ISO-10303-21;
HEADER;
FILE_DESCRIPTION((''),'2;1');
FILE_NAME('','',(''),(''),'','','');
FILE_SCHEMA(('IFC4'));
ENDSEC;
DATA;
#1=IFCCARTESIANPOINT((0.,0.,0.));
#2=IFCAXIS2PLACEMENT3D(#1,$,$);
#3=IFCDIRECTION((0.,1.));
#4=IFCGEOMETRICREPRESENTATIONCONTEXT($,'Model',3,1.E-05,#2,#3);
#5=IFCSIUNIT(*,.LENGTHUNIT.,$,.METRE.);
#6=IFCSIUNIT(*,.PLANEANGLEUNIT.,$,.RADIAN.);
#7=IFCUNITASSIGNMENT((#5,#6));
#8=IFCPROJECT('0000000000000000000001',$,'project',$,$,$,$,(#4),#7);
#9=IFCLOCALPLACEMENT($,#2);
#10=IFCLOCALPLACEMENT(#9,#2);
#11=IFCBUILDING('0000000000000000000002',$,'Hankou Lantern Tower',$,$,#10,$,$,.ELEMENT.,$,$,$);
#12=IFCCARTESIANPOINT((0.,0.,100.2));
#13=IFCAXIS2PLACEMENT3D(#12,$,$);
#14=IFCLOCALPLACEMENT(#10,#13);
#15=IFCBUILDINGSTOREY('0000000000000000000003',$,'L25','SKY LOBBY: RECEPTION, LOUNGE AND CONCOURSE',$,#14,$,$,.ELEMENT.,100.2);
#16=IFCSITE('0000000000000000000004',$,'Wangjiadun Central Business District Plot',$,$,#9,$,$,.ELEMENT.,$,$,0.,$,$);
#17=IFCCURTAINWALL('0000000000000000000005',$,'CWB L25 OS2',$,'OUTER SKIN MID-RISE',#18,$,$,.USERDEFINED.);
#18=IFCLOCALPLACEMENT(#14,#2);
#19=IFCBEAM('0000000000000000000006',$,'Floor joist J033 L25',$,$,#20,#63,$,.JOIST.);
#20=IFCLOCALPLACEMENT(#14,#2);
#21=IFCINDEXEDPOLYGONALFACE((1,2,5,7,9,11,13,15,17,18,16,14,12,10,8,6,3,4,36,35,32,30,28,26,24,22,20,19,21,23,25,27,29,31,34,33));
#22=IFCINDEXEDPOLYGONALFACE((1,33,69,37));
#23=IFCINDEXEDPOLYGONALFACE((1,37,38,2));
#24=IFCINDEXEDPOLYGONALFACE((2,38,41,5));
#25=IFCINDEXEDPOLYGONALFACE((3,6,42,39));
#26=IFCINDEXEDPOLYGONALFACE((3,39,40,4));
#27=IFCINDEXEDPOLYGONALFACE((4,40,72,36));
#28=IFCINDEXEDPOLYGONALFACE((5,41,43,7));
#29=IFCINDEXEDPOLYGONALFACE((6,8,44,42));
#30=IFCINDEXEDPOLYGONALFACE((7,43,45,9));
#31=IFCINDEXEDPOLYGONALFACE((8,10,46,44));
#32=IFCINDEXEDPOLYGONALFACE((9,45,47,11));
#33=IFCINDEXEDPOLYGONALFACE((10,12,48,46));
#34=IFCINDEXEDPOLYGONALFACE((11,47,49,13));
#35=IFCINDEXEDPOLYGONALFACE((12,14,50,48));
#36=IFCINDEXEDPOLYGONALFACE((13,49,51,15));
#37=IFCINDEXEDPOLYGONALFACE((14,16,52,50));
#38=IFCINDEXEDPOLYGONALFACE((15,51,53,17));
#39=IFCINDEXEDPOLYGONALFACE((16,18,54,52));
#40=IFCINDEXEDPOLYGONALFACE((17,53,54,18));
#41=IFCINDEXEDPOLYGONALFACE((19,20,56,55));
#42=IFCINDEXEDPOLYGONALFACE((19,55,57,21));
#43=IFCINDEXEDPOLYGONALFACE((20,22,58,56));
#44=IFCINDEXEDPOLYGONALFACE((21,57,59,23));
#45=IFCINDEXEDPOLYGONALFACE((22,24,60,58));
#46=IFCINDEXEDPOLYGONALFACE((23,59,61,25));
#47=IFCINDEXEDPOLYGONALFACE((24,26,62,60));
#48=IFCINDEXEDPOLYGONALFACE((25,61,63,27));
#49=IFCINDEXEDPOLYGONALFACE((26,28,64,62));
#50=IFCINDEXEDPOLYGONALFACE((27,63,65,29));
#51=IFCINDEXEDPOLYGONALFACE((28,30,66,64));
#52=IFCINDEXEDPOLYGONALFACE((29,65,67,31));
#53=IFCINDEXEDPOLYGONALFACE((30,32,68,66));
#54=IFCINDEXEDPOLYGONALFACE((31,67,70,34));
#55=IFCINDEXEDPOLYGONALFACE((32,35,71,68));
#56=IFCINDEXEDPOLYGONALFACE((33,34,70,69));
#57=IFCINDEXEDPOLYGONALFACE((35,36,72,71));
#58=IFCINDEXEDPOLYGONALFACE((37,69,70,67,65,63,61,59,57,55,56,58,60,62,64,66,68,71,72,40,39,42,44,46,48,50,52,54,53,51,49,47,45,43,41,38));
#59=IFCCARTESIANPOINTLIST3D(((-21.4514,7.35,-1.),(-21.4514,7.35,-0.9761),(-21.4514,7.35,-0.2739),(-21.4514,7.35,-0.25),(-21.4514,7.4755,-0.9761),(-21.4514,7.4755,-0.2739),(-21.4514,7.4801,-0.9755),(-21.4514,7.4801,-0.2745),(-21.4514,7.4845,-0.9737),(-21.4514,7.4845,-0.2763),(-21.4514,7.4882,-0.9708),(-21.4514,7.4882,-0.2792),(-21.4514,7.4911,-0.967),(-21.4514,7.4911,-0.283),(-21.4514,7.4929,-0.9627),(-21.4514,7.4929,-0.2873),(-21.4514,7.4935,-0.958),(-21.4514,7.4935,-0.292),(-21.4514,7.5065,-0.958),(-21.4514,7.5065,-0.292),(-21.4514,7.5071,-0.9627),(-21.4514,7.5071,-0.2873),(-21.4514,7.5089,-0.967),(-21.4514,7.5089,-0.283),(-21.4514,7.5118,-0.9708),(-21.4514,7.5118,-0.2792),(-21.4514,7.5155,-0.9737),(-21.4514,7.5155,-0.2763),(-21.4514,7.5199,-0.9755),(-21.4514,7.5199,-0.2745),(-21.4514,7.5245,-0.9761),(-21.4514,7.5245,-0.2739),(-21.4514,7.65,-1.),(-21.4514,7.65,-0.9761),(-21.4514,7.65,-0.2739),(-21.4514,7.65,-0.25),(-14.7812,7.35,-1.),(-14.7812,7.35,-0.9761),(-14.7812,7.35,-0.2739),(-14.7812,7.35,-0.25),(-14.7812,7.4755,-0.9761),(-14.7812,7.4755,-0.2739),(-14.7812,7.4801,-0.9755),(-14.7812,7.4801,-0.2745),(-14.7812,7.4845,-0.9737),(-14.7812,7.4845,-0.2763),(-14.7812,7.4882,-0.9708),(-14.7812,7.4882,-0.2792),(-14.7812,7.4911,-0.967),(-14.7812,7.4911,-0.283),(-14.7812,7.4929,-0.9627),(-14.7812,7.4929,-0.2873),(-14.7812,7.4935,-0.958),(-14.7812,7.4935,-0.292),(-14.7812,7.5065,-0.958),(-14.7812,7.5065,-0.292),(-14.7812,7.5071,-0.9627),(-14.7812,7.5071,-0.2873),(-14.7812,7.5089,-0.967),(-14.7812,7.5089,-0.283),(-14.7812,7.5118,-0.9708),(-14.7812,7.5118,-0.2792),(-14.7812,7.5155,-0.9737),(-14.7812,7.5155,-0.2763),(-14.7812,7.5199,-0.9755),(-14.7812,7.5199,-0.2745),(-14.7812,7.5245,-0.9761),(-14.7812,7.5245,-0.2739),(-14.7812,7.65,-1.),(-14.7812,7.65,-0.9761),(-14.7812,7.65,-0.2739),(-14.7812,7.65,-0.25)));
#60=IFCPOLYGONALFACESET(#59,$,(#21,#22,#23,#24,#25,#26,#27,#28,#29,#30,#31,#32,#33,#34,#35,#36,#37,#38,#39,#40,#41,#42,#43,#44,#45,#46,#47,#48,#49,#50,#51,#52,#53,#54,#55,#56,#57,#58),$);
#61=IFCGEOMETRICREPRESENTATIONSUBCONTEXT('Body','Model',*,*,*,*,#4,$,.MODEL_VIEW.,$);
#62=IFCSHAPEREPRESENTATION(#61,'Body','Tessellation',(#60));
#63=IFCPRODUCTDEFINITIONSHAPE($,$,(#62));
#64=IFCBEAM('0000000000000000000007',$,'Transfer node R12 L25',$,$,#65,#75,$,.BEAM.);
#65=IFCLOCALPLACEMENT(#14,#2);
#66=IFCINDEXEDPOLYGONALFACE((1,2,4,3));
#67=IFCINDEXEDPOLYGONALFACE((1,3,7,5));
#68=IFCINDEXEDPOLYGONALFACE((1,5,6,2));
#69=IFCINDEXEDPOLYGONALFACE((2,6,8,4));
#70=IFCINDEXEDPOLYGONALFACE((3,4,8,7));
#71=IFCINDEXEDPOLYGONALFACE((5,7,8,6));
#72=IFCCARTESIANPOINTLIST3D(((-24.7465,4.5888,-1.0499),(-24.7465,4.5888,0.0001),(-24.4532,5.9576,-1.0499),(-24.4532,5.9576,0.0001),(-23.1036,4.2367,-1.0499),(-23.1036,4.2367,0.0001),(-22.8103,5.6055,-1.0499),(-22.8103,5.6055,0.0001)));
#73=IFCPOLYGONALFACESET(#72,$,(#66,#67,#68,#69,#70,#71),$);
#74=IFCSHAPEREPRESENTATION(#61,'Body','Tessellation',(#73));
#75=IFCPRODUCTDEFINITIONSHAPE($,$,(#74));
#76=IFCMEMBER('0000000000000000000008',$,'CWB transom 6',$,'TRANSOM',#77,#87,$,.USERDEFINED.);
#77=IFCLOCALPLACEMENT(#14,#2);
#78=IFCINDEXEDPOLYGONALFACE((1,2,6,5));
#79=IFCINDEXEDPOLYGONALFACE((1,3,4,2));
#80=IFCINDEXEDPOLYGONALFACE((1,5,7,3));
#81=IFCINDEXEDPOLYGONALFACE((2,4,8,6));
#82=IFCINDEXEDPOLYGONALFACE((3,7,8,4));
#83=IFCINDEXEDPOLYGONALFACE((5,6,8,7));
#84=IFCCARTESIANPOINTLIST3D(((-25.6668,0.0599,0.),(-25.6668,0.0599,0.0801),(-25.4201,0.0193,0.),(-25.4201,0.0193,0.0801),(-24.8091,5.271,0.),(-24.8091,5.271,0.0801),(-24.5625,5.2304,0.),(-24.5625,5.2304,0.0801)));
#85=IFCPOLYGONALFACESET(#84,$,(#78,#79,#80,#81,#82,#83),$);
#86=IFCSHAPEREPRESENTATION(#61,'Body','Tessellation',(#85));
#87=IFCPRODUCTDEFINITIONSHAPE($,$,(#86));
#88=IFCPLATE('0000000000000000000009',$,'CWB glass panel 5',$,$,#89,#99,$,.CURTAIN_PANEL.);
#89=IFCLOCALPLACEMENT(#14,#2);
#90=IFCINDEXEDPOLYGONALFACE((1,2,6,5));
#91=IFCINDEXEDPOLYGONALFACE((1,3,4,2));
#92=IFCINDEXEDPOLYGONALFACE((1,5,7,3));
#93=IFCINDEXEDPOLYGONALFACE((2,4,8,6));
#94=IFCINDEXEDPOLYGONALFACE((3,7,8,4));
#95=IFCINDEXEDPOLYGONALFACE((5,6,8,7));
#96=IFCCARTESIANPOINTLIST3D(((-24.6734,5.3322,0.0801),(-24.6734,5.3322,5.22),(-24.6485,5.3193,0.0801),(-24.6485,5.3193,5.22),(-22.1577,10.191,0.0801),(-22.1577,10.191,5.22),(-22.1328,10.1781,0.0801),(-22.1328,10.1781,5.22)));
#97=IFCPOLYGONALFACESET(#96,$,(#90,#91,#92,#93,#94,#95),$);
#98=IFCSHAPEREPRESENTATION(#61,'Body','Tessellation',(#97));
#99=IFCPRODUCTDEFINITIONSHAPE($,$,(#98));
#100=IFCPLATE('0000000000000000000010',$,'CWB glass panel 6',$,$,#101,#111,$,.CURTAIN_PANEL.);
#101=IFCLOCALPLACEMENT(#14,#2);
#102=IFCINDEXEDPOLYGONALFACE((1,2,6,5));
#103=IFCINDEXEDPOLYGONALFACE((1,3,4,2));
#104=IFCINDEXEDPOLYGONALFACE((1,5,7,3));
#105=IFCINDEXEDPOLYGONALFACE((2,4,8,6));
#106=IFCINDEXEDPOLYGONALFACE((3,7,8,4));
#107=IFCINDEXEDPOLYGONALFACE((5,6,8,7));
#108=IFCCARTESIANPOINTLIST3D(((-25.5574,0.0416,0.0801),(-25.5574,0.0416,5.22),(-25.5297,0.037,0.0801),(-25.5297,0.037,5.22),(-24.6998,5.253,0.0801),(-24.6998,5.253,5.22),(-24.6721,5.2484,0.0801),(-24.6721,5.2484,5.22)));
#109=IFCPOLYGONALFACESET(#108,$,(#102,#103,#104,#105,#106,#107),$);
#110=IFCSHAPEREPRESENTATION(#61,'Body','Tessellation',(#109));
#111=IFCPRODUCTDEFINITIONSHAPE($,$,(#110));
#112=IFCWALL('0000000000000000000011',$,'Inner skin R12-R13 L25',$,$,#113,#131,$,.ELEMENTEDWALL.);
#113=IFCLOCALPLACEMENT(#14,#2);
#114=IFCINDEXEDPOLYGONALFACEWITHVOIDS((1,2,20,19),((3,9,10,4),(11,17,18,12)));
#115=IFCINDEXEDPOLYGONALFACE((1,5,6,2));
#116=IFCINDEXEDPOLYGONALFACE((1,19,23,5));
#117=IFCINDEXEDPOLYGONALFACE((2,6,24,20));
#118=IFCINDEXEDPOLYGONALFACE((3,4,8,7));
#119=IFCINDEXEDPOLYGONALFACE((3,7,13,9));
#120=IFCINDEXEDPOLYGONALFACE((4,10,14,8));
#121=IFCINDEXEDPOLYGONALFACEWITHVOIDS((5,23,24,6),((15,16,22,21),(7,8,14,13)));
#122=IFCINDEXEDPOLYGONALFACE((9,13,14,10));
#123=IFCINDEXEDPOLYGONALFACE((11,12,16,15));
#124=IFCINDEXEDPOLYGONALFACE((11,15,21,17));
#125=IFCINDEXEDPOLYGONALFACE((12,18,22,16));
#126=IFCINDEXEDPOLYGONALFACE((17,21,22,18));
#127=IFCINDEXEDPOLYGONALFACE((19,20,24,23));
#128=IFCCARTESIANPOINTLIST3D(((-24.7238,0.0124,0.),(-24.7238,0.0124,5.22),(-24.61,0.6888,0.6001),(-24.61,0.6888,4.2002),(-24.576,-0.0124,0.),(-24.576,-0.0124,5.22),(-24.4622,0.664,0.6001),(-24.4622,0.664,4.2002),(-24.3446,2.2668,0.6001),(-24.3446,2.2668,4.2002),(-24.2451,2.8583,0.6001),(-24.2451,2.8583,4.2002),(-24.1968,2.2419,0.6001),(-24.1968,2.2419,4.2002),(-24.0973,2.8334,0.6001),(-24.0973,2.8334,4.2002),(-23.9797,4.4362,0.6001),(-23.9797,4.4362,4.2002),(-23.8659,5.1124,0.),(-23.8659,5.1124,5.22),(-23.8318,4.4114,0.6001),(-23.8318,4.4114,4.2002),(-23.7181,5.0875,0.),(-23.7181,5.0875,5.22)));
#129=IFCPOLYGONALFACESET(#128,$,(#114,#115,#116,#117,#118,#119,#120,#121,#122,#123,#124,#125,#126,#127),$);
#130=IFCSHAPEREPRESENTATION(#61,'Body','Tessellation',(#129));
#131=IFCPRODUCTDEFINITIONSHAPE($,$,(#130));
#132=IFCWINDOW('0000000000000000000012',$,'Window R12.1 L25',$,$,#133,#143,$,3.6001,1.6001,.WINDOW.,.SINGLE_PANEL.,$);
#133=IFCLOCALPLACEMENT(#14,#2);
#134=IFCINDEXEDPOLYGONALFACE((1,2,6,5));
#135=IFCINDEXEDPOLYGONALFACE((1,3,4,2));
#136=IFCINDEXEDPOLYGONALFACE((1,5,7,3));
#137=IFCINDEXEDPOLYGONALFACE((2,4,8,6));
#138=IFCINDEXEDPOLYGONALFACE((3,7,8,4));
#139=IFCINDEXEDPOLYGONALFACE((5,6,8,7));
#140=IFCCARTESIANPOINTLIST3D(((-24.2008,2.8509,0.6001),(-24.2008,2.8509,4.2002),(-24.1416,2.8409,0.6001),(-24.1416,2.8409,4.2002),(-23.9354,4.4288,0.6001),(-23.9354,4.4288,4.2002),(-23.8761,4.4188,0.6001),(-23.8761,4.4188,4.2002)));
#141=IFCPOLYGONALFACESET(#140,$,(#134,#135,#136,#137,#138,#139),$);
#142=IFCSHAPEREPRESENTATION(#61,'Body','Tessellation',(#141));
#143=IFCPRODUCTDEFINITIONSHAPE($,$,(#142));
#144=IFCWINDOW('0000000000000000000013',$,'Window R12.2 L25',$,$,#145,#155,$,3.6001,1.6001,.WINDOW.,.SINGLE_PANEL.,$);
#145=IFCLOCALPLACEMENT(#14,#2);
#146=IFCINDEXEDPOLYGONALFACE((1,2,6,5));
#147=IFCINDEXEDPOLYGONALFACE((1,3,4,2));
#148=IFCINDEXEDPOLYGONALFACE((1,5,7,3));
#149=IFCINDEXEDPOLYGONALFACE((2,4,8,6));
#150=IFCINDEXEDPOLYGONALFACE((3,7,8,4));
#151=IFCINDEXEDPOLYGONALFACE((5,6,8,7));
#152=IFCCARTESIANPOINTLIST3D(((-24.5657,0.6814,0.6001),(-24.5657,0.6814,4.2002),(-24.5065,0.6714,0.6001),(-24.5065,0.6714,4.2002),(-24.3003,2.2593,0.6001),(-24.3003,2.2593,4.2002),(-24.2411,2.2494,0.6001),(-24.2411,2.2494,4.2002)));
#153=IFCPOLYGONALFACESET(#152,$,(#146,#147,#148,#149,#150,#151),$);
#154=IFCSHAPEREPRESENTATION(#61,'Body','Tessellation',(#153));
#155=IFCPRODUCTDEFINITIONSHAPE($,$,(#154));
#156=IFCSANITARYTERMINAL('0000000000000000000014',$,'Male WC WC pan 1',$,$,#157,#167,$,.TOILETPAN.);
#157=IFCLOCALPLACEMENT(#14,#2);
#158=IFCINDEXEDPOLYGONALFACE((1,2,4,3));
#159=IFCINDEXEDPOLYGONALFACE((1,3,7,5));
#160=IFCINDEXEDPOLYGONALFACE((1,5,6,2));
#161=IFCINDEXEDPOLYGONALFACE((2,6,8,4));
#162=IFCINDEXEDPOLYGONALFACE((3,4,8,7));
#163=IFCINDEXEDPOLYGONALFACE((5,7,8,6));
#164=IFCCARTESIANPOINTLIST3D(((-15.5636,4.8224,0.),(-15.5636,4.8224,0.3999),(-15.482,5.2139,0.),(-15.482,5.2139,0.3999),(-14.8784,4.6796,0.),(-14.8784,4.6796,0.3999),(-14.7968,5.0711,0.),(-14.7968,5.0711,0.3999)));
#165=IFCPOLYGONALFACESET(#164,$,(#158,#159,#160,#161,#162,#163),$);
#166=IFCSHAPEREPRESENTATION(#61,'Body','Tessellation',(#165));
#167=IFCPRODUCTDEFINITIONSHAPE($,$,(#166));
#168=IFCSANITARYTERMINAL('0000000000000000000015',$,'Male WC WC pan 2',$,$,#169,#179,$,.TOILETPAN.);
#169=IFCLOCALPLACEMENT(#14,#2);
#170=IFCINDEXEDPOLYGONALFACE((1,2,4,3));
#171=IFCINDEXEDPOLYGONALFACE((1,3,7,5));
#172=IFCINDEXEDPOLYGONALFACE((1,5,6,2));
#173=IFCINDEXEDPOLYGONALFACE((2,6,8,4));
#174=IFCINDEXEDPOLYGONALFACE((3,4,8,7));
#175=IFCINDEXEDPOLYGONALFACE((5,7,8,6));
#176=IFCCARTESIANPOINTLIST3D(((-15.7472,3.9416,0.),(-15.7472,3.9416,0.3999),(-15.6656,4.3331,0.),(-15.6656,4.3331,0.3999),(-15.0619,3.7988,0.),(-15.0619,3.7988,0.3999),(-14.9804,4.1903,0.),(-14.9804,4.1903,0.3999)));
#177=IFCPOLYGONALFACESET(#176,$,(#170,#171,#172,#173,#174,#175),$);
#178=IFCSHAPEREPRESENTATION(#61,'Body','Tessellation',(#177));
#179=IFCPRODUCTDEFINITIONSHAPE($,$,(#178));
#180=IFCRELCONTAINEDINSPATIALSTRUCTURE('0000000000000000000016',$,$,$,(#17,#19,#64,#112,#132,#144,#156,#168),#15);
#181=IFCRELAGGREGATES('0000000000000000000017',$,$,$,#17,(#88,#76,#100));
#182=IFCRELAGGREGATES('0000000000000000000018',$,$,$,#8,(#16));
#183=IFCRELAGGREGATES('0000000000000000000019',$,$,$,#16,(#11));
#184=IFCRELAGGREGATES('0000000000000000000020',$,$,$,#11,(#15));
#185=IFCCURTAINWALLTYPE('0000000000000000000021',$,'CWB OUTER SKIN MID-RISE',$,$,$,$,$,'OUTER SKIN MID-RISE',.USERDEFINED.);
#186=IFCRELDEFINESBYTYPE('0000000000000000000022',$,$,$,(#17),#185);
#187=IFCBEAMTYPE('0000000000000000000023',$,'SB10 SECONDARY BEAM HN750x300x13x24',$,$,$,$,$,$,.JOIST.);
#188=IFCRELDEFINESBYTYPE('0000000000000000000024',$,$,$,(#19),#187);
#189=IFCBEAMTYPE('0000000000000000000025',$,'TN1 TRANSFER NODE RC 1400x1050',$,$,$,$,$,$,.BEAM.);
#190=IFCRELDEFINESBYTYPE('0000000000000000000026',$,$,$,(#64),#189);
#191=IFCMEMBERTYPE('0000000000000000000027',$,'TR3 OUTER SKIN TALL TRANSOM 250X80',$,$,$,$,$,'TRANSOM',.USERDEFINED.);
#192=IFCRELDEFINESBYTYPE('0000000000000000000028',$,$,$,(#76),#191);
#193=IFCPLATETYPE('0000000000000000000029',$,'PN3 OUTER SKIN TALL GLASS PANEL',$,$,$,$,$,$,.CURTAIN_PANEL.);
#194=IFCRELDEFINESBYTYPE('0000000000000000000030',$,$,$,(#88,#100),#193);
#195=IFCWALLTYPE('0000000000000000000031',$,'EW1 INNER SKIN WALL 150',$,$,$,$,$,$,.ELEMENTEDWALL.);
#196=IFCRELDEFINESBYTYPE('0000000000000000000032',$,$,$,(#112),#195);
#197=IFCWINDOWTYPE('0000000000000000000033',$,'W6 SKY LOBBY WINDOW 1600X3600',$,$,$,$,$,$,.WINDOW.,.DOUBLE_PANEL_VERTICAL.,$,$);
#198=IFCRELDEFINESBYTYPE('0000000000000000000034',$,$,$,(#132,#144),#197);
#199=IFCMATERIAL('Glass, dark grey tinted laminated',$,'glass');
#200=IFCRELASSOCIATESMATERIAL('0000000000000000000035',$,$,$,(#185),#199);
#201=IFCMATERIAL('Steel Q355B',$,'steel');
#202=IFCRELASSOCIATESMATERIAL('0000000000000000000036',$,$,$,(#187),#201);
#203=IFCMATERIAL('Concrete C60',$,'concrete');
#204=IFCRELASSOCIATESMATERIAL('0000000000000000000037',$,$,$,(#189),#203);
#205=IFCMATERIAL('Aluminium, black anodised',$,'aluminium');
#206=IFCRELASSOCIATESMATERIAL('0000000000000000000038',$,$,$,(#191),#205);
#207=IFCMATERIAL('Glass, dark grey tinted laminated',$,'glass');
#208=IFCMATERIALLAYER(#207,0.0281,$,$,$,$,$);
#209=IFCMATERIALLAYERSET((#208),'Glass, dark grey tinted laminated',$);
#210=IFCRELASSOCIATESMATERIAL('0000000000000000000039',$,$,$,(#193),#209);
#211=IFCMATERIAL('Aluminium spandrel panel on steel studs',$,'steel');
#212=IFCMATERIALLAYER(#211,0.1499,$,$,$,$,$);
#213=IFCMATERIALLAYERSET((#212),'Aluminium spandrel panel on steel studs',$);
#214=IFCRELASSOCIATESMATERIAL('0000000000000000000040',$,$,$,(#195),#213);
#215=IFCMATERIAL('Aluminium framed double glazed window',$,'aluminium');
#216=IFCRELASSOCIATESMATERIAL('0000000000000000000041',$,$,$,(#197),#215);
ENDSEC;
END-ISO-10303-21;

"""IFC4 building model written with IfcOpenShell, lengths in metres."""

from ifc_helpers import new_model, si_unit, direction, frame, frame_2d, origin, origin_2d, place, context, subcontext, project, spatial, rectangle, i_section, extrude, material, layer, layer_set, material_profile, profile_set, type_object, element, fill, aggregate, save


model = new_model("IFC4")

# Units and contexts
model_context = context("Model", 3, precision=1e-05, world=origin(), true_north=direction((0.0, 1.0)))
body_context = subcontext(model_context, "Body", "Model", "MODEL_VIEW")
ifc_project = project(units=[si_unit("LENGTHUNIT", "METRE"), si_unit("PLANEANGLEUNIT", "RADIAN")], contexts=[model_context])

# Site, building, storey
site_placement = place(None, origin())
site = spatial("IfcSite", under=ifc_project, at=site_placement, Name="Wangjiadun Central Business District Plot", CompositionType="ELEMENT", RefElevation=0.0)
building_placement = place(site_placement, origin())
building = spatial("IfcBuilding", under=site, at=building_placement, Name="Hankou Lantern Tower", CompositionType="ELEMENT")
storey_placement = place(building_placement, frame((0.0, 0.0, 100.2)))
storey = spatial("IfcBuildingStorey", under=building, at=storey_placement, Name="L25", Description="SKY LOBBY: RECEPTION, LOUNGE AND CONCOURSE", CompositionType="ELEMENT", Elevation=100.2)

# Curtain wall
ifc_material_1 = material(Name="Glass, dark grey tinted laminated", Category="glass")
curtain_wall_type = type_object("IfcCurtainWallType", Name="CWB OUTER SKIN MID-RISE", ElementType="OUTER SKIN MID-RISE", PredefinedType="USERDEFINED", material=ifc_material_1)
curtain_wall_placement = place(storey_placement, origin())
curtain_wall = element("IfcCurtainWall", 1, at=curtain_wall_placement, inside=storey, type_object=curtain_wall_type, Name="CWB L25 OS2", ObjectType="OUTER SKIN MID-RISE", PredefinedType="USERDEFINED")

# Beams
ifc_material_2 = material(Name="Steel Q355B", Category="steel")
ifc_material_profile_1 = material_profile(ifc_material_2, i_section(OverallWidth=0.3, OverallDepth=0.75, WebThickness=0.0129, FlangeThickness=0.0239, FilletRadius=0.0181, at=origin_2d()), Name="HN750x300x13x24")
ifc_profile_set_1 = profile_set([ifc_material_profile_1], Name="Steel Q355B")
beam_type_1 = type_object("IfcBeamType", Name="SB10 SECONDARY BEAM HN750x300x13x24", PredefinedType="JOIST", material=ifc_profile_set_1)
beam_1_placement = place(storey_placement, frame((-21.4514, 7.5, -0.625), z_axis=(1.0, 0.0, 0.0), x_axis=(0.0, 1.0, 0.0)))
element("IfcBeam", 2, at=beam_1_placement, inside=storey, type_object=beam_type_1, Name="Floor joist J033 L25", PredefinedType="JOIST", context=body_context, shape_type="SweptSolid", body=[
    extrude(i_section(OverallWidth=0.3, OverallDepth=0.75, WebThickness=0.0129, FlangeThickness=0.0239, FilletRadius=0.0181, at=origin_2d()), origin(), (0.0, 0.0, 1.0), 6.6702),
])
ifc_material_3 = material(Name="Concrete C60", Category="concrete")
ifc_material_profile_2 = material_profile(ifc_material_3, rectangle(XDim=1.3999, YDim=1.05, at=origin_2d()), Name="RC 1400x1050")
ifc_profile_set_2 = profile_set([ifc_material_profile_2], Name="Concrete C60")
beam_type_2 = type_object("IfcBeamType", Name="TN1 TRANSFER NODE RC 1400x1050", PredefinedType="BEAM", material=ifc_profile_set_2)
beam_2_placement = place(storey_placement, frame((-24.5999, 5.2732, -0.5249), z_axis=(0.9778, -0.209539, 0.0), x_axis=(0.209539, 0.9778, 0.0)))
element("IfcBeam", 3, at=beam_2_placement, inside=storey, type_object=beam_type_2, Name="Transfer node R12 L25", PredefinedType="BEAM", context=body_context, shape_type="SweptSolid", body=[
    extrude(rectangle(XDim=1.3999, YDim=1.05, at=origin_2d()), origin(), (0.0, 0.0, 1.0), 1.6802),
])

# Member
ifc_material_4 = material(Name="Aluminium, black anodised", Category="aluminium")
ifc_material_profile_3 = material_profile(ifc_material_4, rectangle(XDim=0.25, YDim=0.0801, at=origin_2d()), Name="TR3 250X80")
ifc_profile_set_3 = profile_set([ifc_material_profile_3], Name="Aluminium, black anodised")
member_type_1 = type_object("IfcMemberType", Name="TR3 OUTER SKIN TALL TRANSOM 250X80", ElementType="TRANSOM", PredefinedType="USERDEFINED", material=ifc_profile_set_3)
member_1_placement = place(storey_placement, frame((-24.6858, 5.2507, 0.04), z_axis=(-0.162397, -0.986725, 0.0), x_axis=(0.986725, -0.162397, 0.0)))
member_1 = element("IfcMember", 4, at=member_1_placement, type_object=member_type_1, Name="CWB transom 6", ObjectType="TRANSOM", PredefinedType="USERDEFINED", context=body_context, shape_type="SweptSolid", body=[
    extrude(rectangle(XDim=0.25, YDim=0.0801, at=origin_2d()), origin(), (0.0, 0.0, 1.0), 5.2812),
])

# Plates
ifc_material_5 = material(Name="Glass, dark grey tinted laminated", Category="glass")
ifc_layer_1 = layer(ifc_material_5, 0.0281)
ifc_layer_set_1 = layer_set([ifc_layer_1], Name="Glass, dark grey tinted laminated")
plate_type = type_object("IfcPlateType", Name="PN3 OUTER SKIN TALL GLASS PANEL", PredefinedType="CURTAIN_PANEL", material=ifc_layer_set_1)
plate_1_placement = place(storey_placement, frame((-23.4031, 7.7551, 0.0801), z_axis=(0.0, 0.0, 1.0), x_axis=(-0.459791, -0.888027, 0.0)))
plate_1 = element("IfcPlate", 5, at=plate_1_placement, type_object=plate_type, Name="CWB glass panel 5", PredefinedType="CURTAIN_PANEL", context=body_context, shape_type="SweptSolid", body=[
    extrude(rectangle(XDim=5.4714, YDim=0.0281, at=origin_2d()), origin(), (0.0, 0.0, 1.0), 5.1399),
])
plate_2_placement = place(storey_placement, frame((-25.1147, 2.645, 0.0801), z_axis=(0.0, 0.0, 1.0), x_axis=(-0.162382, -0.986728, 0.0)))
plate_2 = element("IfcPlate", 6, at=plate_2_placement, type_object=plate_type, Name="CWB glass panel 6", PredefinedType="CURTAIN_PANEL", context=body_context, shape_type="SweptSolid", body=[
    extrude(rectangle(XDim=5.2815, YDim=0.0281, at=origin_2d()), origin(), (0.0, 0.0, 1.0), 5.1399),
])
aggregate(curtain_wall, [plate_1, member_1, plate_2])

# Wall, openings, windows
ifc_material_6 = material(Name="Aluminium spandrel panel on steel studs", Category="steel")
ifc_layer_2 = layer(ifc_material_6, 0.1499)
ifc_layer_set_2 = layer_set([ifc_layer_2], Name="Aluminium spandrel panel on steel studs")
wall_type = type_object("IfcWallType", Name="EW1 INNER SKIN WALL 150", PredefinedType="ELEMENTEDWALL", material=ifc_layer_set_2)
wall_placement = place(storey_placement, frame((-23.792, 5.1001, 0.0), z_axis=(0.0, 0.0, 1.0), x_axis=(-0.165884, -0.986145, 0.0)))
wall = element("IfcWall", 7, at=wall_placement, inside=storey, type_object=wall_type, Name="Inner skin R12-R13 L25", PredefinedType="ELEMENTEDWALL", context=body_context, shape_type="SweptSolid", body=[
    extrude(rectangle(XDim=5.1716, YDim=0.1499, at=frame_2d((2.5859, 0.0))), origin(), (0.0, 0.0, 1.0), 5.22),
])
opening_1_placement = place(wall_placement, frame((0.6858, 0.0, 0.6001)))
opening_1 = element("IfcOpeningElement", 8, at=opening_1_placement, cuts=wall, PredefinedType="OPENING", context=body_context, shape_type="SweptSolid", body=[
    extrude(rectangle(XDim=1.6001, YDim=3.6001, at=frame_2d((0.8, 1.8))), frame((0.0, 0.085, 0.0), z_axis=(0.0, -1.0, 0.0), x_axis=(1.0, 0.0, 0.0)), (0.0, 0.0, 1.0), 0.1699),
])
opening_2_placement = place(wall_placement, frame((2.8857, 0.0, 0.6001)))
opening_2 = element("IfcOpeningElement", 9, at=opening_2_placement, cuts=wall, PredefinedType="OPENING", context=body_context, shape_type="SweptSolid", body=[
    extrude(rectangle(XDim=1.6001, YDim=3.6001, at=frame_2d((0.8, 1.8))), frame((0.0, 0.085, 0.0), z_axis=(0.0, -1.0, 0.0), x_axis=(1.0, 0.0, 0.0)), (0.0, 0.0, 1.0), 0.1699),
])
ifc_material_7 = material(Name="Aluminium framed double glazed window", Category="aluminium")
window_type = type_object("IfcWindowType", Name="W6 SKY LOBBY WINDOW 1600X3600", PartitioningType="DOUBLE_PANEL_VERTICAL", PredefinedType="WINDOW", material=ifc_material_7)
window_1_placement = place(opening_1_placement, origin())
window_1 = element("IfcWindow", 10, at=window_1_placement, inside=storey, type_object=window_type, Name="Window R12.1 L25", OverallHeight=3.6001, OverallWidth=1.6001, PartitioningType="SINGLE_PANEL", PredefinedType="WINDOW", context=body_context, shape_type="SweptSolid", body=[
    extrude(rectangle(XDim=1.6001, YDim=3.6001, at=frame_2d((0.8, 1.8))), frame((0.0, 0.03, 0.0), z_axis=(0.0, -1.0, 0.0), x_axis=(1.0, 0.0, 0.0)), (0.0, 0.0, 1.0), 0.0601),
])
fill(opening_1, window_1)
window_2_placement = place(opening_2_placement, origin())
window_2 = element("IfcWindow", 11, at=window_2_placement, inside=storey, type_object=window_type, Name="Window R12.2 L25", OverallHeight=3.6001, OverallWidth=1.6001, PartitioningType="SINGLE_PANEL", PredefinedType="WINDOW", context=body_context, shape_type="SweptSolid", body=[
    extrude(rectangle(XDim=1.6001, YDim=3.6001, at=frame_2d((0.8, 1.8))), frame((0.0, 0.03, 0.0), z_axis=(0.0, -1.0, 0.0), x_axis=(1.0, 0.0, 0.0)), (0.0, 0.0, 1.0), 0.0601),
])
fill(opening_2, window_2)

# Sanitary terminals
for number, where, z_axis, x_axis, name in (
    (12, (-15.1802, 4.9468, 0.0), (0.0, 0.0, 1.0), (-0.204023, -0.978966, 0.0), "Male WC WC pan 1"),
    (13, (-15.3638, 4.0659, 0.0), (0.0, 0.0, 1.0), (-0.204023, -0.978966, 0.0), "Male WC WC pan 2"),
):
    element("IfcSanitaryTerminal", number, at=place(storey_placement, frame(where, z_axis=z_axis, x_axis=x_axis)), inside=storey, Name=name, PredefinedType="TOILETPAN", context=body_context, shape_type="SweptSolid", body=[
        extrude(rectangle(XDim=0.3999, YDim=0.7, at=origin_2d()), origin(), (0.0, 0.0, 1.0), 0.3999),
    ])

save(model, "model.ifc")
